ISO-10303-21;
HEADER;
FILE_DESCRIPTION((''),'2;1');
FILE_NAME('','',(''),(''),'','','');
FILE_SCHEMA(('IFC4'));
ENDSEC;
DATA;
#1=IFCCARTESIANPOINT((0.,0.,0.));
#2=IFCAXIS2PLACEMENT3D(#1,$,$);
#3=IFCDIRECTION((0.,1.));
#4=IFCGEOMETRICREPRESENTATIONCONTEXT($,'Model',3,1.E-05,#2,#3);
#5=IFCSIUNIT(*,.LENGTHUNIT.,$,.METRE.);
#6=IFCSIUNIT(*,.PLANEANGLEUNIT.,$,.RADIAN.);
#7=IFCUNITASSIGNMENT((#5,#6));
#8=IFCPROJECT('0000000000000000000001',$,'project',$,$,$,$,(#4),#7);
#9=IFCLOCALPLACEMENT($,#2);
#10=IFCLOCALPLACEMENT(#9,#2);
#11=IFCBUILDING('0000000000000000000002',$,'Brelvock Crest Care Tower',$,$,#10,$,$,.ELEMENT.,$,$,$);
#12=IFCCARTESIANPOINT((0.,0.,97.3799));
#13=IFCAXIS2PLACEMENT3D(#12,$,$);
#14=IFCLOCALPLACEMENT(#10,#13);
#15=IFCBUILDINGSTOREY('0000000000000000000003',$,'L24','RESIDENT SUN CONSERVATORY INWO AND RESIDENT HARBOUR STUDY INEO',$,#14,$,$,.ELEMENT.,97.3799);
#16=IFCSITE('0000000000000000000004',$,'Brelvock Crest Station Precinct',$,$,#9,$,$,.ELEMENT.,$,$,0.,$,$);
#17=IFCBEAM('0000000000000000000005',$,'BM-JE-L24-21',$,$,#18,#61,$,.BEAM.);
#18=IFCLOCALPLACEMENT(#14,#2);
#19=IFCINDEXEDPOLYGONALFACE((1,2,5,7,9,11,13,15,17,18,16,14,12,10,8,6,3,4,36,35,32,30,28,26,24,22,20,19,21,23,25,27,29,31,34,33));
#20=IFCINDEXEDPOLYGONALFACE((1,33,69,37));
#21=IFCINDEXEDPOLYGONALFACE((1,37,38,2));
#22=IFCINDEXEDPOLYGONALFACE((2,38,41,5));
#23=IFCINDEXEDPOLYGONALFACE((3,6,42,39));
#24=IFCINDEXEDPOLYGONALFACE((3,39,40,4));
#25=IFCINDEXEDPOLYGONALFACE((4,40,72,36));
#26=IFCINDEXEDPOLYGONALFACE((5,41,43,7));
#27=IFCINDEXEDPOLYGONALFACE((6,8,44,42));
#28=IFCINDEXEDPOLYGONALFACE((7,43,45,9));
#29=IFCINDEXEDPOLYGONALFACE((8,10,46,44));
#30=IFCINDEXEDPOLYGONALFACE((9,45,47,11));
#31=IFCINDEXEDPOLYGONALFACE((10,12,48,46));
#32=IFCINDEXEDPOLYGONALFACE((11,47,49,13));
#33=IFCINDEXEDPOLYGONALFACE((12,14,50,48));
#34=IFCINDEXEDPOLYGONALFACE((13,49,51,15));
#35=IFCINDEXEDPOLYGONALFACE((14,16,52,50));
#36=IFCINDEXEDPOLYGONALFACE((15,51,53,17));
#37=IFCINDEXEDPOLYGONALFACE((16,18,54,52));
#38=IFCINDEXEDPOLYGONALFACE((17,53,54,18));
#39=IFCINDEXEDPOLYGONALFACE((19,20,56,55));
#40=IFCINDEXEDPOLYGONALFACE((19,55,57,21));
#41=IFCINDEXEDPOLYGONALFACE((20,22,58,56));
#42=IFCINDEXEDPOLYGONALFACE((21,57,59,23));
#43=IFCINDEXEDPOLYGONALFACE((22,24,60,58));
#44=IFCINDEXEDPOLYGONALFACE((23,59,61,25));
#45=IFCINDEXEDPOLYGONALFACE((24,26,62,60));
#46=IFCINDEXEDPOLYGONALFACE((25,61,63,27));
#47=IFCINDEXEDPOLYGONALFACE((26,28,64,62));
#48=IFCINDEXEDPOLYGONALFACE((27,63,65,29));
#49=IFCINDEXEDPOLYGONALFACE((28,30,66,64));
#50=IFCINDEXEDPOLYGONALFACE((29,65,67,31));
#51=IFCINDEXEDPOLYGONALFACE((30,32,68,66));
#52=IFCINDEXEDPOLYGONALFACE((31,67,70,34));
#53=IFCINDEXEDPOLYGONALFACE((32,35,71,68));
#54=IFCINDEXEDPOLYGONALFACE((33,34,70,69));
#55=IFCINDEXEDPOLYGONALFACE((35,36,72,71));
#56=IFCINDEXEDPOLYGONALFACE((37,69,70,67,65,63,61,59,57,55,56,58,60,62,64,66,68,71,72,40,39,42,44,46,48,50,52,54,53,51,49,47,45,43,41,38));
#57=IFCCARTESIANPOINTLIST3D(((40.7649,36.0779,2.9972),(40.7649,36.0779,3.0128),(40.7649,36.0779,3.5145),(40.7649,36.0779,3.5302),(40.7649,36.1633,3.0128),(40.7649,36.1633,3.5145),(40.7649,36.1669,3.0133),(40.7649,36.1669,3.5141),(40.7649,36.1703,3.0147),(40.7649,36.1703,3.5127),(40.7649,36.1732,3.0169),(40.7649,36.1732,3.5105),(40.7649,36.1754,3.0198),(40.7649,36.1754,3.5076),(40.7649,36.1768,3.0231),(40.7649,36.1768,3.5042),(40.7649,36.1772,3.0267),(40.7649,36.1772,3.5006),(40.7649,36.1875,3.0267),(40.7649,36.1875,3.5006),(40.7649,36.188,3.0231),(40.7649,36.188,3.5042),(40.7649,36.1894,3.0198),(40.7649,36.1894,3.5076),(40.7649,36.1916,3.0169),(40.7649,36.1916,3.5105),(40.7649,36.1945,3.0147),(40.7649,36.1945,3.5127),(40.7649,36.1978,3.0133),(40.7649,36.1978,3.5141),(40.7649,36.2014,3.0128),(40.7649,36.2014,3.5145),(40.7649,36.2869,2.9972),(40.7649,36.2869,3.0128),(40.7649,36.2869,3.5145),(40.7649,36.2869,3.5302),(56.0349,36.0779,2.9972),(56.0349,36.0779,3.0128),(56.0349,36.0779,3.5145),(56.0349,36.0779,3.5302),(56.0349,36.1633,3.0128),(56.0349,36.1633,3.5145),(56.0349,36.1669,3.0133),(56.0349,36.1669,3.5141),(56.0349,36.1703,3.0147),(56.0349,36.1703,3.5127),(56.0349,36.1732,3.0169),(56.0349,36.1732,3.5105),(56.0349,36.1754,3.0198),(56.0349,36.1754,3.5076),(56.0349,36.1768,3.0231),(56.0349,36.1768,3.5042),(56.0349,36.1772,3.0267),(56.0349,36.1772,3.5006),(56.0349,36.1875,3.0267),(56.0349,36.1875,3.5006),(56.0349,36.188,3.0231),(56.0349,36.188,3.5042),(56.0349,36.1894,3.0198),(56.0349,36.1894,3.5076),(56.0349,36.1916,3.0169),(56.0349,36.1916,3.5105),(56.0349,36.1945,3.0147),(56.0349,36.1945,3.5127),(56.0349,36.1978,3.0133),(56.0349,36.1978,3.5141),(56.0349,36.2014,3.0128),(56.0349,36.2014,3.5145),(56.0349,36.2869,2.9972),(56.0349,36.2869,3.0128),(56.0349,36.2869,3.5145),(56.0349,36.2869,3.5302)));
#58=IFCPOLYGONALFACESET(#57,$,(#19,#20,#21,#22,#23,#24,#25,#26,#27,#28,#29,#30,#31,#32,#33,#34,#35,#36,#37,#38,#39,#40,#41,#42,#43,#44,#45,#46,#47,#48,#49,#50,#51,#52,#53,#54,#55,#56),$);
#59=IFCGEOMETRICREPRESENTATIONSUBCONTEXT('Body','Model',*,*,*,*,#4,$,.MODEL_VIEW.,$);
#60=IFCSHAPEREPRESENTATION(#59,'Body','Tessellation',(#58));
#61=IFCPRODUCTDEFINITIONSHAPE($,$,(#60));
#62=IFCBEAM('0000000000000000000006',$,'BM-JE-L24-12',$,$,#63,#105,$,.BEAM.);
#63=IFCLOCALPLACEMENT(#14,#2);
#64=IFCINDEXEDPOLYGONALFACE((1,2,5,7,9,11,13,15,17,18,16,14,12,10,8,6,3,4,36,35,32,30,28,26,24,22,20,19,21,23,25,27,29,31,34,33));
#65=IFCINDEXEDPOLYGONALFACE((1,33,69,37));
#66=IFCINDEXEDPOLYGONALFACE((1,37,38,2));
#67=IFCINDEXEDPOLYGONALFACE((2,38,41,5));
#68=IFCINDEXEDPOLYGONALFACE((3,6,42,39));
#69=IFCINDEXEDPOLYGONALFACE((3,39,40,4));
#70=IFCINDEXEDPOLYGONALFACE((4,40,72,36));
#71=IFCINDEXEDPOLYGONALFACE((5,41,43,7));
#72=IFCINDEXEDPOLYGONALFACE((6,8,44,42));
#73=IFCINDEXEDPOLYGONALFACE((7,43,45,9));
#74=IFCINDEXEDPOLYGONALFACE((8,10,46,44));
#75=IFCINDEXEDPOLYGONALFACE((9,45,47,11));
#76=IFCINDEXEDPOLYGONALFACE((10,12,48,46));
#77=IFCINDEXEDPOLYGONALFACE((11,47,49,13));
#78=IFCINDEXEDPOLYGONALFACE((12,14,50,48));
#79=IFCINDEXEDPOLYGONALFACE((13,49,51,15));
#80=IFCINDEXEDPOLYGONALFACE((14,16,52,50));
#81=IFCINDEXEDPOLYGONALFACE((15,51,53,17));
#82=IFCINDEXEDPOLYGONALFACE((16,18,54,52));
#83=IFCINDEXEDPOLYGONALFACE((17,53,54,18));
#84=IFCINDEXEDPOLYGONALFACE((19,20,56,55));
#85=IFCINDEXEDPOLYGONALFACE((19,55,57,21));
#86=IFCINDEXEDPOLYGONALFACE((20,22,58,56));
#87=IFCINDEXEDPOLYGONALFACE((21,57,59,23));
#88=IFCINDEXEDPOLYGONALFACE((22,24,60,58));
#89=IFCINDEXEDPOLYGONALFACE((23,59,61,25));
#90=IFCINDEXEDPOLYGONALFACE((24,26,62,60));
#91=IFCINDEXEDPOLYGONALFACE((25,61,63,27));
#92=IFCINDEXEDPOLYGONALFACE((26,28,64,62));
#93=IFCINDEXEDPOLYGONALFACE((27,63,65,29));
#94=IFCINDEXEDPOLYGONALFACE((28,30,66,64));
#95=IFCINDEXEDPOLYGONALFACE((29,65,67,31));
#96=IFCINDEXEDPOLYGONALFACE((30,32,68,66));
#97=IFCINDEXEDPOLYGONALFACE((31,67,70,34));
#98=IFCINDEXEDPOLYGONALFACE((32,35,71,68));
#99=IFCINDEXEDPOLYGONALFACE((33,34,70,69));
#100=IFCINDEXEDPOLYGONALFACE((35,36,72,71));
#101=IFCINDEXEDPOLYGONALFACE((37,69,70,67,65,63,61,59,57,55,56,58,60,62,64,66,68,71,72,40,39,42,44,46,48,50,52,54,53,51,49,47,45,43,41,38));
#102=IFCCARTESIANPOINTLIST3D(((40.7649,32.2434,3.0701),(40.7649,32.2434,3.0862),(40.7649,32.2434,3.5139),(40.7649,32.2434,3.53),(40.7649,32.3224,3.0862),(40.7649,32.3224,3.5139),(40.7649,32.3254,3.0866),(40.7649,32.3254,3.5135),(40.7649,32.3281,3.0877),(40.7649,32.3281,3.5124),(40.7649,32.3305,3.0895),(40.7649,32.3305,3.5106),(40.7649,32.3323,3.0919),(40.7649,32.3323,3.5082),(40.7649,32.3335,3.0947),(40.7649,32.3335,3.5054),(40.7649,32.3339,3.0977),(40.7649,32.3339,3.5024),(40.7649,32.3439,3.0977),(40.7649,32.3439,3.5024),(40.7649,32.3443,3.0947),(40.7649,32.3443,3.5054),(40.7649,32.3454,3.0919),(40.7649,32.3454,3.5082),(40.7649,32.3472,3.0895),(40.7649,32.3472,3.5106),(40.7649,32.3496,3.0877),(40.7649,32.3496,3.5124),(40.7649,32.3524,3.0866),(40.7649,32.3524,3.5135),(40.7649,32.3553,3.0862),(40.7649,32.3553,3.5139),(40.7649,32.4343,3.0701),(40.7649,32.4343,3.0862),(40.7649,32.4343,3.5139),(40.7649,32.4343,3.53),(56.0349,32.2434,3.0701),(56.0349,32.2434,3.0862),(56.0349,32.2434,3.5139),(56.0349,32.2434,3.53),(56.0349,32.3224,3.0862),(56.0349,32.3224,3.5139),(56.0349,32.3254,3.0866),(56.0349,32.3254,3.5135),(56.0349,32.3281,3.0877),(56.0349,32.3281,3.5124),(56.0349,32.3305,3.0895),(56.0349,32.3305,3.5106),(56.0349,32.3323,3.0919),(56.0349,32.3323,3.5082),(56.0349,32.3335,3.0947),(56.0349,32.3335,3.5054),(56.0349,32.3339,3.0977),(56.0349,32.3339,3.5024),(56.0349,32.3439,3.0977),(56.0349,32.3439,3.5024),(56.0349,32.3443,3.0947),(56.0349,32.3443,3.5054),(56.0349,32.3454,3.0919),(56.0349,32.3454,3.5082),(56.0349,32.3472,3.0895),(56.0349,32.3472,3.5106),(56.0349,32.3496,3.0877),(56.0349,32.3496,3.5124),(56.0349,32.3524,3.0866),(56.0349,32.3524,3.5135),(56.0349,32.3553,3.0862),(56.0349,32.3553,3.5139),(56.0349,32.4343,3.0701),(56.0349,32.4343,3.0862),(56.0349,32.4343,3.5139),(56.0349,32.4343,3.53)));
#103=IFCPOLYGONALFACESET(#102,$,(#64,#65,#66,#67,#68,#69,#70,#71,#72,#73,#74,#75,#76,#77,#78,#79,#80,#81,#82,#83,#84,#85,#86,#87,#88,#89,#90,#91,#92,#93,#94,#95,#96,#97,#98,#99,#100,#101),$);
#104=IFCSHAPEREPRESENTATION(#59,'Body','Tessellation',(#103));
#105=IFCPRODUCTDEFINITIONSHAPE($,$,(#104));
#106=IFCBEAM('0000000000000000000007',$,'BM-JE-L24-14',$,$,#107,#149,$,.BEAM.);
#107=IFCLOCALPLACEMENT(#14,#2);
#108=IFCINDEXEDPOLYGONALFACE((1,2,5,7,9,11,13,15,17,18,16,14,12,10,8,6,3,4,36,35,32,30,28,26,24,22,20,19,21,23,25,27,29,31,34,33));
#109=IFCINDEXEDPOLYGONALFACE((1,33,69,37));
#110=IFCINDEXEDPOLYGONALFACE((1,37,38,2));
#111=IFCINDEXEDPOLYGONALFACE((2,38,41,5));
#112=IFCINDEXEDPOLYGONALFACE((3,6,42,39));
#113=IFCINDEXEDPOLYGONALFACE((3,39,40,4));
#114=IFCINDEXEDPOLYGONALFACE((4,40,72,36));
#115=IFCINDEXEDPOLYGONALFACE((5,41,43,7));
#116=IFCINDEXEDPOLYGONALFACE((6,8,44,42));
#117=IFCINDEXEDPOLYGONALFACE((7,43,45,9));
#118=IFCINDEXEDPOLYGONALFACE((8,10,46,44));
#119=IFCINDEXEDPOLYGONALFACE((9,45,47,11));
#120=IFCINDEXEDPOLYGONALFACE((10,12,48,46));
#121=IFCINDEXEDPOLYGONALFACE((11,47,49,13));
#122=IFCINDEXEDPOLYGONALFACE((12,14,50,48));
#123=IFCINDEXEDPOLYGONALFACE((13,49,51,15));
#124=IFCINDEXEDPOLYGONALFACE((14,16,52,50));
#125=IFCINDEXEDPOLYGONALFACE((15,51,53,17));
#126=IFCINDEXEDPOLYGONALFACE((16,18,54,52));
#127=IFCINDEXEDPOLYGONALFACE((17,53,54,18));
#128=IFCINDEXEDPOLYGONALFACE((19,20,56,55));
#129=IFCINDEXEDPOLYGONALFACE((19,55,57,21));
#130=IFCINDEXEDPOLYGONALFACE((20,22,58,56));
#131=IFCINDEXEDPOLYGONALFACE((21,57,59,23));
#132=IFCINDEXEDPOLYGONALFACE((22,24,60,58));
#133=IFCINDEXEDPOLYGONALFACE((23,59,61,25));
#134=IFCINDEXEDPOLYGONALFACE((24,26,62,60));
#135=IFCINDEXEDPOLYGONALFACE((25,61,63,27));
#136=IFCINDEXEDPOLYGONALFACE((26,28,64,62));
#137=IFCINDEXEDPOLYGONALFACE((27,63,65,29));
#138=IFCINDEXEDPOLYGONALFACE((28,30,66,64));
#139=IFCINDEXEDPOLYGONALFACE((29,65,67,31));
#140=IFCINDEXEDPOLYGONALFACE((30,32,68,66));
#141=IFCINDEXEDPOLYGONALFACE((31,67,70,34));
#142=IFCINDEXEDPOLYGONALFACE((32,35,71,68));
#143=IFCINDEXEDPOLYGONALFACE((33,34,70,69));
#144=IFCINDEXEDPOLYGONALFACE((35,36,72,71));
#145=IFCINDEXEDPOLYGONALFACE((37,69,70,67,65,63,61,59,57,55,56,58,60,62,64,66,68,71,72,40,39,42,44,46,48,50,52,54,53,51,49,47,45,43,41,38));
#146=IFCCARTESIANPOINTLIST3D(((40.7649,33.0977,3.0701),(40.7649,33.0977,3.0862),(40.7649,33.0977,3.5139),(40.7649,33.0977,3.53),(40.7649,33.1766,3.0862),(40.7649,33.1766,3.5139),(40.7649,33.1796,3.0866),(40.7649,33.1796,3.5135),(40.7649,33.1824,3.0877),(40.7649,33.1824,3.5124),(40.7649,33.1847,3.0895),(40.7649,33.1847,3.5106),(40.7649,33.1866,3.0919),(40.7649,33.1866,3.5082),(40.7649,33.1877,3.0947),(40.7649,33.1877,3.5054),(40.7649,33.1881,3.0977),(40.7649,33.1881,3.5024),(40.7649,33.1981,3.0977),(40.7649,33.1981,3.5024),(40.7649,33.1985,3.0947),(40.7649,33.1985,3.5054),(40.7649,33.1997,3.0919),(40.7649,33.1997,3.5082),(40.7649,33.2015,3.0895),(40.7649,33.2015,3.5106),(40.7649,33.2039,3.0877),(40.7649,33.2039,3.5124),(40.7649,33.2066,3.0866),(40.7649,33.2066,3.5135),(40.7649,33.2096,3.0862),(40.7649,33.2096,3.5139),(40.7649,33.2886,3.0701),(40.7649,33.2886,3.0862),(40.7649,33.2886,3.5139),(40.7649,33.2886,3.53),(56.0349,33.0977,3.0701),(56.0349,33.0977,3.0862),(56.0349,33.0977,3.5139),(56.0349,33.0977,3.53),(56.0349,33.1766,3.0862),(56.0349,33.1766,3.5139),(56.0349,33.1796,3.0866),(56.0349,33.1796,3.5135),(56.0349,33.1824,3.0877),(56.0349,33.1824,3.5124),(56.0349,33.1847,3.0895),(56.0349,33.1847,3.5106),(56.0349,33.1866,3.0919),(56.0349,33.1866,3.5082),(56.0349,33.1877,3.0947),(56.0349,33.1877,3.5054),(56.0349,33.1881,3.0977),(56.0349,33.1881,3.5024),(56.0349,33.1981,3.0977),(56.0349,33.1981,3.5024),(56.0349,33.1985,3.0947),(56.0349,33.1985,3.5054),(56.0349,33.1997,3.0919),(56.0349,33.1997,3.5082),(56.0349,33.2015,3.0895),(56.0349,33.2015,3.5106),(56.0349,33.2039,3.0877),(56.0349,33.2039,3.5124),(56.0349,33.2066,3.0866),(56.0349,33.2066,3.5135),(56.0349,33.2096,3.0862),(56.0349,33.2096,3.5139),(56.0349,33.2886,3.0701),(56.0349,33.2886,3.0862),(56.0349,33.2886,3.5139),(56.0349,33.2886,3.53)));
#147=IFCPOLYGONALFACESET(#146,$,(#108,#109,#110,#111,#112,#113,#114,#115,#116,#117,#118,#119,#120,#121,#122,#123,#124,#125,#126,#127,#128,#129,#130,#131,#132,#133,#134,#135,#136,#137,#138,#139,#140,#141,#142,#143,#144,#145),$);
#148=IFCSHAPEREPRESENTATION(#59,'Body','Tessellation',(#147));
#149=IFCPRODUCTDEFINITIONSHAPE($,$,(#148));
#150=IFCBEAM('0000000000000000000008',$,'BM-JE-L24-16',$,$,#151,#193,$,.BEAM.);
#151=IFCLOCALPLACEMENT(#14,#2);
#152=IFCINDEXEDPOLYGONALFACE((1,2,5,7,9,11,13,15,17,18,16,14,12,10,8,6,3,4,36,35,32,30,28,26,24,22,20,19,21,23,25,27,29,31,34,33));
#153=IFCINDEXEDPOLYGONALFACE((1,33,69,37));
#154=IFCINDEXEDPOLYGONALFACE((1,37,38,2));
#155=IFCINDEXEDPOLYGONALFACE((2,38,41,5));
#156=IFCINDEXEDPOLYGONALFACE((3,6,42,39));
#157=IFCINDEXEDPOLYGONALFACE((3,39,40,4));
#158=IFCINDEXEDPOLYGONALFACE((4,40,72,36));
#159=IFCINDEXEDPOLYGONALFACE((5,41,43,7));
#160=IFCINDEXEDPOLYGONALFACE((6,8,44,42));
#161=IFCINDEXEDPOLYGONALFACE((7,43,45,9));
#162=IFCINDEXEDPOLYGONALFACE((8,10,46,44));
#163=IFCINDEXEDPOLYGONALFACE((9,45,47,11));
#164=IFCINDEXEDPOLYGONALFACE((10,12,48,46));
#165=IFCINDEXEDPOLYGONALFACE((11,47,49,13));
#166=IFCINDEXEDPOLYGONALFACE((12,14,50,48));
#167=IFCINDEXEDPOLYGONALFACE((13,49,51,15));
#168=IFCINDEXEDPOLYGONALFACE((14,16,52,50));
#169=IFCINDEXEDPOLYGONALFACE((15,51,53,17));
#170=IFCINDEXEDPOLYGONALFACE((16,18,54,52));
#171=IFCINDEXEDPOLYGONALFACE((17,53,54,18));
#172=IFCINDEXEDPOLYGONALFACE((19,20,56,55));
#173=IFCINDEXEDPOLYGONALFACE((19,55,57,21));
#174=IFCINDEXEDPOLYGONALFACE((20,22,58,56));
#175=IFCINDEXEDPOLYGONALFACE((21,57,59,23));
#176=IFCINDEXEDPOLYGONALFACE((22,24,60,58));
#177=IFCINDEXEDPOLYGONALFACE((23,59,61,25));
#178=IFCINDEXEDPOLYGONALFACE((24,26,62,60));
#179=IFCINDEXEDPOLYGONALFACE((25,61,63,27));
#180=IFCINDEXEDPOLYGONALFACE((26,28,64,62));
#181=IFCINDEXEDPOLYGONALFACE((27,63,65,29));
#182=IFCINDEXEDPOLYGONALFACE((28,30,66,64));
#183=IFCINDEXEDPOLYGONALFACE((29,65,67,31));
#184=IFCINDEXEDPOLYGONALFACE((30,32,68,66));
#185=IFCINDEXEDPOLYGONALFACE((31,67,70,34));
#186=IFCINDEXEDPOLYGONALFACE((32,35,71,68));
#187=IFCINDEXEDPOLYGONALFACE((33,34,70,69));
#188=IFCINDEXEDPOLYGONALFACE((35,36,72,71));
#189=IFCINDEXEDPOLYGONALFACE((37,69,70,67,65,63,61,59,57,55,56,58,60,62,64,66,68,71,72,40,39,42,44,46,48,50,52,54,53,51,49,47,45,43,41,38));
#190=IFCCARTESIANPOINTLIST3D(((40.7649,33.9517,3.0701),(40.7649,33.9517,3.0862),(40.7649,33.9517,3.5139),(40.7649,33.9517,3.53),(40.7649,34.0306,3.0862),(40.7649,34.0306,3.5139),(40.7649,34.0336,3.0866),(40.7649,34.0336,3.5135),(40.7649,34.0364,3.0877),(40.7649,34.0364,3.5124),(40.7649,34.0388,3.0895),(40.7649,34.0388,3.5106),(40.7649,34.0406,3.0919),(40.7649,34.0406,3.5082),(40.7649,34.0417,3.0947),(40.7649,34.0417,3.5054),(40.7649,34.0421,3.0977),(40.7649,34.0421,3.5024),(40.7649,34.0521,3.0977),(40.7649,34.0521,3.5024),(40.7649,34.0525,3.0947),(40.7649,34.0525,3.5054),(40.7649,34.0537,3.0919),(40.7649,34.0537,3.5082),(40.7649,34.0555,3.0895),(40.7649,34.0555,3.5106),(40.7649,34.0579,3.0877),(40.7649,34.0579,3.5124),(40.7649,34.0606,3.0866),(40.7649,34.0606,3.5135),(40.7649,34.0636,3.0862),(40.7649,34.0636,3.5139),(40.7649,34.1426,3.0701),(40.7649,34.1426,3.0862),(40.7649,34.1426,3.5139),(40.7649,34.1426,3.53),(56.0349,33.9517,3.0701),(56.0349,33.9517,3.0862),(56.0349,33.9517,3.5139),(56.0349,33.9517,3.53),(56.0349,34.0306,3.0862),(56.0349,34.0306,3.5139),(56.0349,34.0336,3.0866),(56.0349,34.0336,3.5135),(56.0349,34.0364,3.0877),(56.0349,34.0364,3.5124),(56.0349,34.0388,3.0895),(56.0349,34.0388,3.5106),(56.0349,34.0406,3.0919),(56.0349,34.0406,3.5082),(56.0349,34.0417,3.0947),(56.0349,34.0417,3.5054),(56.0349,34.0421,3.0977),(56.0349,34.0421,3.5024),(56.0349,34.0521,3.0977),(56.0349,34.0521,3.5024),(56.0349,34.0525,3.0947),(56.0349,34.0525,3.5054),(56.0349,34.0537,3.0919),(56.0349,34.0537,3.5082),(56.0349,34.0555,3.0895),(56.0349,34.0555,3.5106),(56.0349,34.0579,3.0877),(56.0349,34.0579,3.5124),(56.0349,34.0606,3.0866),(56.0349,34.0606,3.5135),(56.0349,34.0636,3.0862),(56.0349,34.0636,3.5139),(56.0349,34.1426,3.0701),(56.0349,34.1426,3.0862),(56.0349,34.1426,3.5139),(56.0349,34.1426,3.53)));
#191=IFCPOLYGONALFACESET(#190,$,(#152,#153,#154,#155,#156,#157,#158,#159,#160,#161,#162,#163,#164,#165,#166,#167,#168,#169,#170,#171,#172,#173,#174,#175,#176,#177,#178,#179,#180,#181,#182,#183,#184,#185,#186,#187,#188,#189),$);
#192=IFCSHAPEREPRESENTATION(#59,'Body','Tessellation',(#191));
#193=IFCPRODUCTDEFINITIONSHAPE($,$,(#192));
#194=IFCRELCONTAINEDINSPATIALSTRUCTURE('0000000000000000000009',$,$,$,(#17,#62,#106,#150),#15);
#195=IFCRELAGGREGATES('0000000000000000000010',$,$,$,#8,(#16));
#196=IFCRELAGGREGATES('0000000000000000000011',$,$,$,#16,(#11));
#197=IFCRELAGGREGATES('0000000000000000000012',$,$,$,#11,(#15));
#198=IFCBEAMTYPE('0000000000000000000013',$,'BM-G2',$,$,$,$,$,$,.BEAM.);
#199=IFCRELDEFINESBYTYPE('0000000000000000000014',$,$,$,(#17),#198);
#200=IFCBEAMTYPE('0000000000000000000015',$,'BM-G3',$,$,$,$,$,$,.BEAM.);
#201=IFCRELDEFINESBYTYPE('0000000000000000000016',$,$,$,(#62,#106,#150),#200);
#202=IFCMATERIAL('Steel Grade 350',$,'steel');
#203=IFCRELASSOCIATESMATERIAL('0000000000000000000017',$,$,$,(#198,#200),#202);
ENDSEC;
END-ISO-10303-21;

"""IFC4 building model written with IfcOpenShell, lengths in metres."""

from ifc_helpers import new_model, si_unit, direction, frame, origin, origin_2d, place, context, subcontext, project, spatial, i_section, extrude, source, transform, mapped, material, material_profile, profile_set, type_object, element, save


model = new_model("IFC4")

# Units and contexts
model_context = context("Model", 3, precision=1e-05, world=origin(), true_north=direction((0.0, 1.0)))
body_context = subcontext(model_context, "Body", "Model", "MODEL_VIEW")
ifc_project = project(units=[si_unit("LENGTHUNIT", "METRE"), si_unit("PLANEANGLEUNIT", "RADIAN")], contexts=[model_context])

# Site, building, storey
site_placement = place(None, origin())
site = spatial("IfcSite", under=ifc_project, at=site_placement, Name="Brelvock Crest Station Precinct", CompositionType="ELEMENT", RefElevation=0.0)
building_placement = place(site_placement, origin())
building = spatial("IfcBuilding", under=site, at=building_placement, Name="Brelvock Crest Care Tower", CompositionType="ELEMENT")
storey_placement = place(building_placement, frame((0.0, 0.0, 97.3799)))
storey = spatial("IfcBuildingStorey", under=building, at=storey_placement, Name="L24", Description="RESIDENT SUN CONSERVATORY INWO AND RESIDENT HARBOUR STUDY INEO", CompositionType="ELEMENT", Elevation=97.3799)

# Beams
ifc_material_1 = material(Name="Steel Grade 350", Category="steel")
ifc_material_profile_1 = material_profile(ifc_material_1, i_section(OverallWidth=0.209, OverallDepth=0.533, WebThickness=0.0103, FlangeThickness=0.0156, FilletRadius=0.0139, at=origin_2d()), Name="530UB92.4")
ifc_profile_set_1 = profile_set([ifc_material_profile_1], Name="Steel Grade 350")
beam_type_1 = type_object("IfcBeamType", Name="BM-G2", PredefinedType="BEAM", material=ifc_profile_set_1)
shared_shape_1 = source(origin(), body_context, "Body", "SweptSolid", [
    extrude(i_section(OverallWidth=0.209, OverallDepth=0.533, WebThickness=0.0103, FlangeThickness=0.0156, FilletRadius=0.0139, at=origin_2d()), origin(), (0.0, 0.0, 1.0), 15.27),
])
for number, where, z_axis, x_axis, name in (
    (1, (40.7649, 36.1824, 3.2637), (1.0, 0.0, 0.0), (0.0, 1.0, 0.0), "BM-JE-L24-21"),
):
    element("IfcBeam", number, at=place(storey_placement, frame(where, z_axis=z_axis, x_axis=x_axis)), inside=storey, type_object=beam_type_1, Name=name, PredefinedType="BEAM", context=body_context, shape_type="MappedRepresentation", body=[
        mapped(shared_shape_1, transform((0.0, 0.0, 0.0), x_axis=(1.0, 0.0, 0.0), y_axis=(0.0, 1.0, 0.0), z_axis=(0.0, 0.0, 1.0), scale=1.0)),
    ])
ifc_material_profile_2 = material_profile(ifc_material_1, i_section(OverallWidth=0.1909, OverallDepth=0.46, WebThickness=0.01, FlangeThickness=0.0161, FilletRadius=0.0115, at=origin_2d()), Name="460UB82.1")
ifc_profile_set_2 = profile_set([ifc_material_profile_2], Name="Steel Grade 350")
beam_type_2 = type_object("IfcBeamType", Name="BM-G3", PredefinedType="BEAM", material=ifc_profile_set_2)
shared_shape_2 = source(origin(), body_context, "Body", "SweptSolid", [
    extrude(i_section(OverallWidth=0.1909, OverallDepth=0.46, WebThickness=0.01, FlangeThickness=0.0161, FilletRadius=0.0115, at=origin_2d()), origin(), (0.0, 0.0, 1.0), 15.27),
])
for number, where, z_axis, x_axis, name in (
    (2, (40.7649, 32.3389, 3.3), (1.0, 0.0, 0.0), (0.0, 1.0, 0.0), "BM-JE-L24-12"),
    (3, (40.7649, 33.1931, 3.3), (1.0, 0.0, 0.0), (0.0, 1.0, 0.0), "BM-JE-L24-14"),
    (4, (40.7649, 34.0471, 3.3), (1.0, 0.0, 0.0), (0.0, 1.0, 0.0), "BM-JE-L24-16"),
):
    element("IfcBeam", number, at=place(storey_placement, frame(where, z_axis=z_axis, x_axis=x_axis)), inside=storey, type_object=beam_type_2, Name=name, PredefinedType="BEAM", context=body_context, shape_type="MappedRepresentation", body=[
        mapped(shared_shape_2, transform((0.0, 0.0, 0.0), x_axis=(1.0, 0.0, 0.0), y_axis=(0.0, 1.0, 0.0), z_axis=(0.0, 0.0, 1.0), scale=1.0)),
    ])

save(model, "model.ifc")
